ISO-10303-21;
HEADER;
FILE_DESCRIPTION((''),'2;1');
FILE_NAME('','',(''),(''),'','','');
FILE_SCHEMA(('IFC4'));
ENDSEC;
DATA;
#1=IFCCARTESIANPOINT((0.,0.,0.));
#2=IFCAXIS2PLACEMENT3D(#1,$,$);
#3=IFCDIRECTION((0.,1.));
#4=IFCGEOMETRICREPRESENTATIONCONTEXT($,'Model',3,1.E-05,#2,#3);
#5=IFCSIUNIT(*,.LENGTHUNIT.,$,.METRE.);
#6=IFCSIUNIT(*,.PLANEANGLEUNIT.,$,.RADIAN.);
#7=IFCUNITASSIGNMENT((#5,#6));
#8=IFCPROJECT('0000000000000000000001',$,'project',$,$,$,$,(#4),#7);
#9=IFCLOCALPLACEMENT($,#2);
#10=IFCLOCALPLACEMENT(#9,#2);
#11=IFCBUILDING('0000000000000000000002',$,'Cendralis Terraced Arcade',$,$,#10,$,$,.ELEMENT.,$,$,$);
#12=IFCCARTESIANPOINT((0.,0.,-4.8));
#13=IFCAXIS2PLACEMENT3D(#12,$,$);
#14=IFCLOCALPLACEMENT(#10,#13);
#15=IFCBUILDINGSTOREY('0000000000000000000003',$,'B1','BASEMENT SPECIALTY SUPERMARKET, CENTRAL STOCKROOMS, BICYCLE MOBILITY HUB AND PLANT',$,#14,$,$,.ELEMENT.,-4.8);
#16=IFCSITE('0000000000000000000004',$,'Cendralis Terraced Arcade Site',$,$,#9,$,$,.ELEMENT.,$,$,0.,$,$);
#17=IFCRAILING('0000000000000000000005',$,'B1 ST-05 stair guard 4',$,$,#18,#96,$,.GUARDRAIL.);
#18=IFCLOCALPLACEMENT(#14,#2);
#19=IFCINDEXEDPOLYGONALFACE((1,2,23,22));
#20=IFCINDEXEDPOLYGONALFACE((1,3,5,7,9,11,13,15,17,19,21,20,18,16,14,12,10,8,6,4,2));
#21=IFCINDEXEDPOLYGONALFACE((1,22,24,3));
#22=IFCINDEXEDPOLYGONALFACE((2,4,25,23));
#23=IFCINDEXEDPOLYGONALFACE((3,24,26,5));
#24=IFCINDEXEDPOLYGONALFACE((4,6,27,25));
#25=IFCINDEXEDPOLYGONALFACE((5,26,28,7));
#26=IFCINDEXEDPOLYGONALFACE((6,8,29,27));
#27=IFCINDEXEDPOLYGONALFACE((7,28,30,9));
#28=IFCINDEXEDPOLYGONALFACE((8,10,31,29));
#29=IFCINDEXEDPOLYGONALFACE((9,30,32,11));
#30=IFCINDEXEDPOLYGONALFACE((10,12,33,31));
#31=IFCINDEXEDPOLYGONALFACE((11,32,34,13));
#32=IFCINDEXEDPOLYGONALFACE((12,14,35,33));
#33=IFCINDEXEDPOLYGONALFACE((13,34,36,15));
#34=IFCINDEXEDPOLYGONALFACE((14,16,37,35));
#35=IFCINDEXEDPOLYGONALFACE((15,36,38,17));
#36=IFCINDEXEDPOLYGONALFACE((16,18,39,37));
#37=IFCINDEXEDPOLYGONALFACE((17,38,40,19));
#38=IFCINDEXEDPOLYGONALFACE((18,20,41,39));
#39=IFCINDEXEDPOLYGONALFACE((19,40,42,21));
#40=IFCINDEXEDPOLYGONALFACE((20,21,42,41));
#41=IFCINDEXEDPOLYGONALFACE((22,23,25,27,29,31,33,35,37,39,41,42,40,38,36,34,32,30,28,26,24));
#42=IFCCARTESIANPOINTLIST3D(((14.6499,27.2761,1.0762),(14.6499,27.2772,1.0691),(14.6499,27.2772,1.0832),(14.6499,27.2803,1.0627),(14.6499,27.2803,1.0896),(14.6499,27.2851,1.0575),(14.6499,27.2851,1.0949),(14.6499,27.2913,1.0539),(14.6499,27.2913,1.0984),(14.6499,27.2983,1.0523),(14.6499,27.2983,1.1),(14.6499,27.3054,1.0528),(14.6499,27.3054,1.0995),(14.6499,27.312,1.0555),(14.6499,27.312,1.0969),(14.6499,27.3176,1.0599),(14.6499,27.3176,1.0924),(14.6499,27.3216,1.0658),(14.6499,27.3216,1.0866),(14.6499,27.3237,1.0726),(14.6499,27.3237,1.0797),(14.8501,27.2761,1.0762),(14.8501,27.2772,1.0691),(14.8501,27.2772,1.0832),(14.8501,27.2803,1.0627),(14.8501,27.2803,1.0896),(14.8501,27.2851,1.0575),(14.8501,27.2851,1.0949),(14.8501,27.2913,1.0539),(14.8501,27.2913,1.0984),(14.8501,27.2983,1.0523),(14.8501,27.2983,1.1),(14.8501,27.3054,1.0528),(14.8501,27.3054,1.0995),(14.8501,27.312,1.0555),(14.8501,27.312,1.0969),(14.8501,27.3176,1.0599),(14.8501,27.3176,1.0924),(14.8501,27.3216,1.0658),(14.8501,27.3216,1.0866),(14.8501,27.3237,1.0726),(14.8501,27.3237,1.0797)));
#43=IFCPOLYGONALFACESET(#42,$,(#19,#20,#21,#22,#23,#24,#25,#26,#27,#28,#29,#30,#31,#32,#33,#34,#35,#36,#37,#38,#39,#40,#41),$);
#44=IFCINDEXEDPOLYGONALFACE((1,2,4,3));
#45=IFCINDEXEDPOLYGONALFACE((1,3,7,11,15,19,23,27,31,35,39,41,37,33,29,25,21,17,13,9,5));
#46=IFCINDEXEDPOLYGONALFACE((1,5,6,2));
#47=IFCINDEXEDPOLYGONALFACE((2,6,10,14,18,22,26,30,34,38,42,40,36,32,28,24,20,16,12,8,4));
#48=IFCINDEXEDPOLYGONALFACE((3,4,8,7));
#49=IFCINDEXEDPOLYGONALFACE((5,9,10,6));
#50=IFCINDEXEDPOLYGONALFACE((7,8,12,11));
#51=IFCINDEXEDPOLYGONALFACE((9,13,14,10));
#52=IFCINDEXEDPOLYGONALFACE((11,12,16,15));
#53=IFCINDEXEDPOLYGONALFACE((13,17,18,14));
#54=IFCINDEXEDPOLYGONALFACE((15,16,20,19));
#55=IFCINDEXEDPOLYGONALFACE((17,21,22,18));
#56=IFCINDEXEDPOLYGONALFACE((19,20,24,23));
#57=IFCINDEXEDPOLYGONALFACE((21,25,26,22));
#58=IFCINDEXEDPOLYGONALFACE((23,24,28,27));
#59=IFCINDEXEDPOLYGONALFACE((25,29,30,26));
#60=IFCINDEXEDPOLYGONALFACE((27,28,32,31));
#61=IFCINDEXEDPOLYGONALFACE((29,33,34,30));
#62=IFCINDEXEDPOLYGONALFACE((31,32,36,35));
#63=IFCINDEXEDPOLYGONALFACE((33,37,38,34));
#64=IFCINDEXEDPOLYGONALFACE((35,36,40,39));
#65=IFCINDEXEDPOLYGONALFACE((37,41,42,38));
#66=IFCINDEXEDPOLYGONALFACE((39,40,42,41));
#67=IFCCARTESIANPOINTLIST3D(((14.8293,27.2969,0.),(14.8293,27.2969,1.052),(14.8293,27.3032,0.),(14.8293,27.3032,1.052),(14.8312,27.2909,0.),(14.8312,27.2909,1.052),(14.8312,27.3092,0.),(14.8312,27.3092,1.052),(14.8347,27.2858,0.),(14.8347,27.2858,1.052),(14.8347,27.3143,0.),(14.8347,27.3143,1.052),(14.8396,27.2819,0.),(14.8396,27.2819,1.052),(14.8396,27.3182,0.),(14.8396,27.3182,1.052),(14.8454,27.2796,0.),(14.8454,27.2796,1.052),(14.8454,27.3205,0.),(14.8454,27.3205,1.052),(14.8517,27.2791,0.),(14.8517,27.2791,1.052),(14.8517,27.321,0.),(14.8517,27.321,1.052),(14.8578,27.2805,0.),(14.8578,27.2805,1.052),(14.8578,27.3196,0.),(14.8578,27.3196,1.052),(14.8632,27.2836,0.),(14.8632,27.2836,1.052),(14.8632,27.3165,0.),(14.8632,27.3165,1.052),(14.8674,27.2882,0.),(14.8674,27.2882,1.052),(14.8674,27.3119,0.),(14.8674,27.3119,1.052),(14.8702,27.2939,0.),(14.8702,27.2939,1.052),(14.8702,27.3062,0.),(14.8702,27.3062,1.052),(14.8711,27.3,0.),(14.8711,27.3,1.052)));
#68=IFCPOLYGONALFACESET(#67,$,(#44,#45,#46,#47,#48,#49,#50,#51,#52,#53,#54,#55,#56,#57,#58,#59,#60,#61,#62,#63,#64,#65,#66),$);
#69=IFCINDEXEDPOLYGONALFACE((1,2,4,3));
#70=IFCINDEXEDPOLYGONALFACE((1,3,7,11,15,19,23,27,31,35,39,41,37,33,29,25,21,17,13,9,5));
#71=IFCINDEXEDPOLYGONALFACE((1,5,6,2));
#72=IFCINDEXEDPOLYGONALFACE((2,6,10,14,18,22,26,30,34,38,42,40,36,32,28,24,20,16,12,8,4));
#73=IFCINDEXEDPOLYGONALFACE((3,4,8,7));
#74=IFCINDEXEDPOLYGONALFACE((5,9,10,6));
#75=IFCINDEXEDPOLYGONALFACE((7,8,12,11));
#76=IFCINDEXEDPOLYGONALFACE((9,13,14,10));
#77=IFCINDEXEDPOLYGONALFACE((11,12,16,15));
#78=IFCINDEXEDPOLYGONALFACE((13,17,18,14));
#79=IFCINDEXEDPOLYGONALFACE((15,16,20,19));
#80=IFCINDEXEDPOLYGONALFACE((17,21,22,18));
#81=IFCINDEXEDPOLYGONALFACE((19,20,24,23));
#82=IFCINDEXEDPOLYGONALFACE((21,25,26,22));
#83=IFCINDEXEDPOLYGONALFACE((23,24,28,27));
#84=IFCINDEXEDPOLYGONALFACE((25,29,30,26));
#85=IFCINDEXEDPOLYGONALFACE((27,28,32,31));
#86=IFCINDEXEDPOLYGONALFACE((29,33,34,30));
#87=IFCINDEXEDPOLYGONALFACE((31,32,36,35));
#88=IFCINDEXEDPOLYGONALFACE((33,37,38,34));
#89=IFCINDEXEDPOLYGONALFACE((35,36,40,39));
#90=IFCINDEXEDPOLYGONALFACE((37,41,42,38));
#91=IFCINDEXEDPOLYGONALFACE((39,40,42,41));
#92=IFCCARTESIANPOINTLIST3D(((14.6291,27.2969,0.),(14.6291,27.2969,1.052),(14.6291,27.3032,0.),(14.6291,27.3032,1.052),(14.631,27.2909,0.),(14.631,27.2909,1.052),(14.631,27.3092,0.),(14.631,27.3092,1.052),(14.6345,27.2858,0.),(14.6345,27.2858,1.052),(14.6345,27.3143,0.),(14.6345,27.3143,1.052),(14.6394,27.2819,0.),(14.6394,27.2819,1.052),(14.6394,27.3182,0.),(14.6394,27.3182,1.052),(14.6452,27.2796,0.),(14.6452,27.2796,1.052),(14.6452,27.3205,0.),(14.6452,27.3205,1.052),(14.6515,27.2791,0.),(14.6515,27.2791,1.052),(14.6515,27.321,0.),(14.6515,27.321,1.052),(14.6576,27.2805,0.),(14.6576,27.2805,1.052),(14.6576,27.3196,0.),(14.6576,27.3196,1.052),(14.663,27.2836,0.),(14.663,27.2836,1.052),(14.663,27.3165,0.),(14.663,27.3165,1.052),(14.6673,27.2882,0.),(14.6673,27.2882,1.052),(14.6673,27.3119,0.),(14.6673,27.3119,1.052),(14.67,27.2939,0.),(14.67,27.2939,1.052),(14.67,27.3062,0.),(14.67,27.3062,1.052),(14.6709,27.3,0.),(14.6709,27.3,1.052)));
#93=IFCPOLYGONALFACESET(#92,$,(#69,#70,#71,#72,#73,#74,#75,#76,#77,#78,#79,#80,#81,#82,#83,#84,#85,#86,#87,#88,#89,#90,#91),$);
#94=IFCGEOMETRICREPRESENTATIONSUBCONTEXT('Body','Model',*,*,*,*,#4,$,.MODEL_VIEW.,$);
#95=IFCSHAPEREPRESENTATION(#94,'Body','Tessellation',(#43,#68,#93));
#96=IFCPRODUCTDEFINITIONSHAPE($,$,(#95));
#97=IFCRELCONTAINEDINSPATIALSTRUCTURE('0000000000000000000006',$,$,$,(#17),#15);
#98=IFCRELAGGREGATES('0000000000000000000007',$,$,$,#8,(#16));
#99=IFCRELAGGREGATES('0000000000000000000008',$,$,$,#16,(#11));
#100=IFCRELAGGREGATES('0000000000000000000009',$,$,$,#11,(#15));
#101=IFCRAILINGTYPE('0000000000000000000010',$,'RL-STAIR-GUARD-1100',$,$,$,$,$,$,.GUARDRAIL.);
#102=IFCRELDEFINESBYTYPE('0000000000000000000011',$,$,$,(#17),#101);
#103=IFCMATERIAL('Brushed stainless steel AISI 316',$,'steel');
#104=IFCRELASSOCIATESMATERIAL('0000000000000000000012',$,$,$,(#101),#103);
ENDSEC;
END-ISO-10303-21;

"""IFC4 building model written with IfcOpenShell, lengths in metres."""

from ifc_helpers import new_model, si_unit, direction, frame, origin, origin_2d, place, context, subcontext, project, spatial, circle, extrude, material, type_object, element, save


model = new_model("IFC4")

# Units and contexts
model_context = context("Model", 3, precision=1e-05, world=origin(), true_north=direction((0.0, 1.0)))
body_context = subcontext(model_context, "Body", "Model", "MODEL_VIEW")
ifc_project = project(units=[si_unit("LENGTHUNIT", "METRE"), si_unit("PLANEANGLEUNIT", "RADIAN")], contexts=[model_context])

# Site, building, storey
site_placement = place(None, origin())
site = spatial("IfcSite", under=ifc_project, at=site_placement, Name="Cendralis Terraced Arcade Site", CompositionType="ELEMENT", RefElevation=0.0)
building_placement = place(site_placement, origin())
building = spatial("IfcBuilding", under=site, at=building_placement, Name="Cendralis Terraced Arcade", CompositionType="ELEMENT")
storey_placement = place(building_placement, frame((0.0, 0.0, -4.8)))
storey = spatial("IfcBuildingStorey", under=building, at=storey_placement, Name="B1", Description="BASEMENT SPECIALTY SUPERMARKET, CENTRAL STOCKROOMS, BICYCLE MOBILITY HUB AND PLANT", CompositionType="ELEMENT", Elevation=-4.8)

# Railing
ifc_material_1 = material(Name="Brushed stainless steel AISI 316", Category="steel")
railing_type_1 = type_object("IfcRailingType", Name="RL-STAIR-GUARD-1100", PredefinedType="GUARDRAIL", material=ifc_material_1)
railing_1_placement = place(storey_placement, frame((14.8501, 27.3, 0.0)))
element("IfcRailing", 1, at=railing_1_placement, inside=storey, type_object=railing_type_1, Name="B1 ST-05 stair guard 4", PredefinedType="GUARDRAIL", context=body_context, shape_type="SweptSolid", body=[
    extrude(circle(Radius=0.0239, at=origin_2d()), frame((0.0, 0.0, 1.0762), z_axis=(-1.0, 0.0, 0.0), x_axis=(0.0, -1.0, 0.0)), (0.0, 0.0, 1.0), 0.2002),
    extrude(circle(Radius=0.021, at=origin_2d()), origin(), (0.0, 0.0, 1.0), 1.052),
    extrude(circle(Radius=0.021, at=origin_2d()), frame((-0.2002, 0.0, 0.0)), (0.0, 0.0, 1.0), 1.052),
])

save(model, "model.ifc")
